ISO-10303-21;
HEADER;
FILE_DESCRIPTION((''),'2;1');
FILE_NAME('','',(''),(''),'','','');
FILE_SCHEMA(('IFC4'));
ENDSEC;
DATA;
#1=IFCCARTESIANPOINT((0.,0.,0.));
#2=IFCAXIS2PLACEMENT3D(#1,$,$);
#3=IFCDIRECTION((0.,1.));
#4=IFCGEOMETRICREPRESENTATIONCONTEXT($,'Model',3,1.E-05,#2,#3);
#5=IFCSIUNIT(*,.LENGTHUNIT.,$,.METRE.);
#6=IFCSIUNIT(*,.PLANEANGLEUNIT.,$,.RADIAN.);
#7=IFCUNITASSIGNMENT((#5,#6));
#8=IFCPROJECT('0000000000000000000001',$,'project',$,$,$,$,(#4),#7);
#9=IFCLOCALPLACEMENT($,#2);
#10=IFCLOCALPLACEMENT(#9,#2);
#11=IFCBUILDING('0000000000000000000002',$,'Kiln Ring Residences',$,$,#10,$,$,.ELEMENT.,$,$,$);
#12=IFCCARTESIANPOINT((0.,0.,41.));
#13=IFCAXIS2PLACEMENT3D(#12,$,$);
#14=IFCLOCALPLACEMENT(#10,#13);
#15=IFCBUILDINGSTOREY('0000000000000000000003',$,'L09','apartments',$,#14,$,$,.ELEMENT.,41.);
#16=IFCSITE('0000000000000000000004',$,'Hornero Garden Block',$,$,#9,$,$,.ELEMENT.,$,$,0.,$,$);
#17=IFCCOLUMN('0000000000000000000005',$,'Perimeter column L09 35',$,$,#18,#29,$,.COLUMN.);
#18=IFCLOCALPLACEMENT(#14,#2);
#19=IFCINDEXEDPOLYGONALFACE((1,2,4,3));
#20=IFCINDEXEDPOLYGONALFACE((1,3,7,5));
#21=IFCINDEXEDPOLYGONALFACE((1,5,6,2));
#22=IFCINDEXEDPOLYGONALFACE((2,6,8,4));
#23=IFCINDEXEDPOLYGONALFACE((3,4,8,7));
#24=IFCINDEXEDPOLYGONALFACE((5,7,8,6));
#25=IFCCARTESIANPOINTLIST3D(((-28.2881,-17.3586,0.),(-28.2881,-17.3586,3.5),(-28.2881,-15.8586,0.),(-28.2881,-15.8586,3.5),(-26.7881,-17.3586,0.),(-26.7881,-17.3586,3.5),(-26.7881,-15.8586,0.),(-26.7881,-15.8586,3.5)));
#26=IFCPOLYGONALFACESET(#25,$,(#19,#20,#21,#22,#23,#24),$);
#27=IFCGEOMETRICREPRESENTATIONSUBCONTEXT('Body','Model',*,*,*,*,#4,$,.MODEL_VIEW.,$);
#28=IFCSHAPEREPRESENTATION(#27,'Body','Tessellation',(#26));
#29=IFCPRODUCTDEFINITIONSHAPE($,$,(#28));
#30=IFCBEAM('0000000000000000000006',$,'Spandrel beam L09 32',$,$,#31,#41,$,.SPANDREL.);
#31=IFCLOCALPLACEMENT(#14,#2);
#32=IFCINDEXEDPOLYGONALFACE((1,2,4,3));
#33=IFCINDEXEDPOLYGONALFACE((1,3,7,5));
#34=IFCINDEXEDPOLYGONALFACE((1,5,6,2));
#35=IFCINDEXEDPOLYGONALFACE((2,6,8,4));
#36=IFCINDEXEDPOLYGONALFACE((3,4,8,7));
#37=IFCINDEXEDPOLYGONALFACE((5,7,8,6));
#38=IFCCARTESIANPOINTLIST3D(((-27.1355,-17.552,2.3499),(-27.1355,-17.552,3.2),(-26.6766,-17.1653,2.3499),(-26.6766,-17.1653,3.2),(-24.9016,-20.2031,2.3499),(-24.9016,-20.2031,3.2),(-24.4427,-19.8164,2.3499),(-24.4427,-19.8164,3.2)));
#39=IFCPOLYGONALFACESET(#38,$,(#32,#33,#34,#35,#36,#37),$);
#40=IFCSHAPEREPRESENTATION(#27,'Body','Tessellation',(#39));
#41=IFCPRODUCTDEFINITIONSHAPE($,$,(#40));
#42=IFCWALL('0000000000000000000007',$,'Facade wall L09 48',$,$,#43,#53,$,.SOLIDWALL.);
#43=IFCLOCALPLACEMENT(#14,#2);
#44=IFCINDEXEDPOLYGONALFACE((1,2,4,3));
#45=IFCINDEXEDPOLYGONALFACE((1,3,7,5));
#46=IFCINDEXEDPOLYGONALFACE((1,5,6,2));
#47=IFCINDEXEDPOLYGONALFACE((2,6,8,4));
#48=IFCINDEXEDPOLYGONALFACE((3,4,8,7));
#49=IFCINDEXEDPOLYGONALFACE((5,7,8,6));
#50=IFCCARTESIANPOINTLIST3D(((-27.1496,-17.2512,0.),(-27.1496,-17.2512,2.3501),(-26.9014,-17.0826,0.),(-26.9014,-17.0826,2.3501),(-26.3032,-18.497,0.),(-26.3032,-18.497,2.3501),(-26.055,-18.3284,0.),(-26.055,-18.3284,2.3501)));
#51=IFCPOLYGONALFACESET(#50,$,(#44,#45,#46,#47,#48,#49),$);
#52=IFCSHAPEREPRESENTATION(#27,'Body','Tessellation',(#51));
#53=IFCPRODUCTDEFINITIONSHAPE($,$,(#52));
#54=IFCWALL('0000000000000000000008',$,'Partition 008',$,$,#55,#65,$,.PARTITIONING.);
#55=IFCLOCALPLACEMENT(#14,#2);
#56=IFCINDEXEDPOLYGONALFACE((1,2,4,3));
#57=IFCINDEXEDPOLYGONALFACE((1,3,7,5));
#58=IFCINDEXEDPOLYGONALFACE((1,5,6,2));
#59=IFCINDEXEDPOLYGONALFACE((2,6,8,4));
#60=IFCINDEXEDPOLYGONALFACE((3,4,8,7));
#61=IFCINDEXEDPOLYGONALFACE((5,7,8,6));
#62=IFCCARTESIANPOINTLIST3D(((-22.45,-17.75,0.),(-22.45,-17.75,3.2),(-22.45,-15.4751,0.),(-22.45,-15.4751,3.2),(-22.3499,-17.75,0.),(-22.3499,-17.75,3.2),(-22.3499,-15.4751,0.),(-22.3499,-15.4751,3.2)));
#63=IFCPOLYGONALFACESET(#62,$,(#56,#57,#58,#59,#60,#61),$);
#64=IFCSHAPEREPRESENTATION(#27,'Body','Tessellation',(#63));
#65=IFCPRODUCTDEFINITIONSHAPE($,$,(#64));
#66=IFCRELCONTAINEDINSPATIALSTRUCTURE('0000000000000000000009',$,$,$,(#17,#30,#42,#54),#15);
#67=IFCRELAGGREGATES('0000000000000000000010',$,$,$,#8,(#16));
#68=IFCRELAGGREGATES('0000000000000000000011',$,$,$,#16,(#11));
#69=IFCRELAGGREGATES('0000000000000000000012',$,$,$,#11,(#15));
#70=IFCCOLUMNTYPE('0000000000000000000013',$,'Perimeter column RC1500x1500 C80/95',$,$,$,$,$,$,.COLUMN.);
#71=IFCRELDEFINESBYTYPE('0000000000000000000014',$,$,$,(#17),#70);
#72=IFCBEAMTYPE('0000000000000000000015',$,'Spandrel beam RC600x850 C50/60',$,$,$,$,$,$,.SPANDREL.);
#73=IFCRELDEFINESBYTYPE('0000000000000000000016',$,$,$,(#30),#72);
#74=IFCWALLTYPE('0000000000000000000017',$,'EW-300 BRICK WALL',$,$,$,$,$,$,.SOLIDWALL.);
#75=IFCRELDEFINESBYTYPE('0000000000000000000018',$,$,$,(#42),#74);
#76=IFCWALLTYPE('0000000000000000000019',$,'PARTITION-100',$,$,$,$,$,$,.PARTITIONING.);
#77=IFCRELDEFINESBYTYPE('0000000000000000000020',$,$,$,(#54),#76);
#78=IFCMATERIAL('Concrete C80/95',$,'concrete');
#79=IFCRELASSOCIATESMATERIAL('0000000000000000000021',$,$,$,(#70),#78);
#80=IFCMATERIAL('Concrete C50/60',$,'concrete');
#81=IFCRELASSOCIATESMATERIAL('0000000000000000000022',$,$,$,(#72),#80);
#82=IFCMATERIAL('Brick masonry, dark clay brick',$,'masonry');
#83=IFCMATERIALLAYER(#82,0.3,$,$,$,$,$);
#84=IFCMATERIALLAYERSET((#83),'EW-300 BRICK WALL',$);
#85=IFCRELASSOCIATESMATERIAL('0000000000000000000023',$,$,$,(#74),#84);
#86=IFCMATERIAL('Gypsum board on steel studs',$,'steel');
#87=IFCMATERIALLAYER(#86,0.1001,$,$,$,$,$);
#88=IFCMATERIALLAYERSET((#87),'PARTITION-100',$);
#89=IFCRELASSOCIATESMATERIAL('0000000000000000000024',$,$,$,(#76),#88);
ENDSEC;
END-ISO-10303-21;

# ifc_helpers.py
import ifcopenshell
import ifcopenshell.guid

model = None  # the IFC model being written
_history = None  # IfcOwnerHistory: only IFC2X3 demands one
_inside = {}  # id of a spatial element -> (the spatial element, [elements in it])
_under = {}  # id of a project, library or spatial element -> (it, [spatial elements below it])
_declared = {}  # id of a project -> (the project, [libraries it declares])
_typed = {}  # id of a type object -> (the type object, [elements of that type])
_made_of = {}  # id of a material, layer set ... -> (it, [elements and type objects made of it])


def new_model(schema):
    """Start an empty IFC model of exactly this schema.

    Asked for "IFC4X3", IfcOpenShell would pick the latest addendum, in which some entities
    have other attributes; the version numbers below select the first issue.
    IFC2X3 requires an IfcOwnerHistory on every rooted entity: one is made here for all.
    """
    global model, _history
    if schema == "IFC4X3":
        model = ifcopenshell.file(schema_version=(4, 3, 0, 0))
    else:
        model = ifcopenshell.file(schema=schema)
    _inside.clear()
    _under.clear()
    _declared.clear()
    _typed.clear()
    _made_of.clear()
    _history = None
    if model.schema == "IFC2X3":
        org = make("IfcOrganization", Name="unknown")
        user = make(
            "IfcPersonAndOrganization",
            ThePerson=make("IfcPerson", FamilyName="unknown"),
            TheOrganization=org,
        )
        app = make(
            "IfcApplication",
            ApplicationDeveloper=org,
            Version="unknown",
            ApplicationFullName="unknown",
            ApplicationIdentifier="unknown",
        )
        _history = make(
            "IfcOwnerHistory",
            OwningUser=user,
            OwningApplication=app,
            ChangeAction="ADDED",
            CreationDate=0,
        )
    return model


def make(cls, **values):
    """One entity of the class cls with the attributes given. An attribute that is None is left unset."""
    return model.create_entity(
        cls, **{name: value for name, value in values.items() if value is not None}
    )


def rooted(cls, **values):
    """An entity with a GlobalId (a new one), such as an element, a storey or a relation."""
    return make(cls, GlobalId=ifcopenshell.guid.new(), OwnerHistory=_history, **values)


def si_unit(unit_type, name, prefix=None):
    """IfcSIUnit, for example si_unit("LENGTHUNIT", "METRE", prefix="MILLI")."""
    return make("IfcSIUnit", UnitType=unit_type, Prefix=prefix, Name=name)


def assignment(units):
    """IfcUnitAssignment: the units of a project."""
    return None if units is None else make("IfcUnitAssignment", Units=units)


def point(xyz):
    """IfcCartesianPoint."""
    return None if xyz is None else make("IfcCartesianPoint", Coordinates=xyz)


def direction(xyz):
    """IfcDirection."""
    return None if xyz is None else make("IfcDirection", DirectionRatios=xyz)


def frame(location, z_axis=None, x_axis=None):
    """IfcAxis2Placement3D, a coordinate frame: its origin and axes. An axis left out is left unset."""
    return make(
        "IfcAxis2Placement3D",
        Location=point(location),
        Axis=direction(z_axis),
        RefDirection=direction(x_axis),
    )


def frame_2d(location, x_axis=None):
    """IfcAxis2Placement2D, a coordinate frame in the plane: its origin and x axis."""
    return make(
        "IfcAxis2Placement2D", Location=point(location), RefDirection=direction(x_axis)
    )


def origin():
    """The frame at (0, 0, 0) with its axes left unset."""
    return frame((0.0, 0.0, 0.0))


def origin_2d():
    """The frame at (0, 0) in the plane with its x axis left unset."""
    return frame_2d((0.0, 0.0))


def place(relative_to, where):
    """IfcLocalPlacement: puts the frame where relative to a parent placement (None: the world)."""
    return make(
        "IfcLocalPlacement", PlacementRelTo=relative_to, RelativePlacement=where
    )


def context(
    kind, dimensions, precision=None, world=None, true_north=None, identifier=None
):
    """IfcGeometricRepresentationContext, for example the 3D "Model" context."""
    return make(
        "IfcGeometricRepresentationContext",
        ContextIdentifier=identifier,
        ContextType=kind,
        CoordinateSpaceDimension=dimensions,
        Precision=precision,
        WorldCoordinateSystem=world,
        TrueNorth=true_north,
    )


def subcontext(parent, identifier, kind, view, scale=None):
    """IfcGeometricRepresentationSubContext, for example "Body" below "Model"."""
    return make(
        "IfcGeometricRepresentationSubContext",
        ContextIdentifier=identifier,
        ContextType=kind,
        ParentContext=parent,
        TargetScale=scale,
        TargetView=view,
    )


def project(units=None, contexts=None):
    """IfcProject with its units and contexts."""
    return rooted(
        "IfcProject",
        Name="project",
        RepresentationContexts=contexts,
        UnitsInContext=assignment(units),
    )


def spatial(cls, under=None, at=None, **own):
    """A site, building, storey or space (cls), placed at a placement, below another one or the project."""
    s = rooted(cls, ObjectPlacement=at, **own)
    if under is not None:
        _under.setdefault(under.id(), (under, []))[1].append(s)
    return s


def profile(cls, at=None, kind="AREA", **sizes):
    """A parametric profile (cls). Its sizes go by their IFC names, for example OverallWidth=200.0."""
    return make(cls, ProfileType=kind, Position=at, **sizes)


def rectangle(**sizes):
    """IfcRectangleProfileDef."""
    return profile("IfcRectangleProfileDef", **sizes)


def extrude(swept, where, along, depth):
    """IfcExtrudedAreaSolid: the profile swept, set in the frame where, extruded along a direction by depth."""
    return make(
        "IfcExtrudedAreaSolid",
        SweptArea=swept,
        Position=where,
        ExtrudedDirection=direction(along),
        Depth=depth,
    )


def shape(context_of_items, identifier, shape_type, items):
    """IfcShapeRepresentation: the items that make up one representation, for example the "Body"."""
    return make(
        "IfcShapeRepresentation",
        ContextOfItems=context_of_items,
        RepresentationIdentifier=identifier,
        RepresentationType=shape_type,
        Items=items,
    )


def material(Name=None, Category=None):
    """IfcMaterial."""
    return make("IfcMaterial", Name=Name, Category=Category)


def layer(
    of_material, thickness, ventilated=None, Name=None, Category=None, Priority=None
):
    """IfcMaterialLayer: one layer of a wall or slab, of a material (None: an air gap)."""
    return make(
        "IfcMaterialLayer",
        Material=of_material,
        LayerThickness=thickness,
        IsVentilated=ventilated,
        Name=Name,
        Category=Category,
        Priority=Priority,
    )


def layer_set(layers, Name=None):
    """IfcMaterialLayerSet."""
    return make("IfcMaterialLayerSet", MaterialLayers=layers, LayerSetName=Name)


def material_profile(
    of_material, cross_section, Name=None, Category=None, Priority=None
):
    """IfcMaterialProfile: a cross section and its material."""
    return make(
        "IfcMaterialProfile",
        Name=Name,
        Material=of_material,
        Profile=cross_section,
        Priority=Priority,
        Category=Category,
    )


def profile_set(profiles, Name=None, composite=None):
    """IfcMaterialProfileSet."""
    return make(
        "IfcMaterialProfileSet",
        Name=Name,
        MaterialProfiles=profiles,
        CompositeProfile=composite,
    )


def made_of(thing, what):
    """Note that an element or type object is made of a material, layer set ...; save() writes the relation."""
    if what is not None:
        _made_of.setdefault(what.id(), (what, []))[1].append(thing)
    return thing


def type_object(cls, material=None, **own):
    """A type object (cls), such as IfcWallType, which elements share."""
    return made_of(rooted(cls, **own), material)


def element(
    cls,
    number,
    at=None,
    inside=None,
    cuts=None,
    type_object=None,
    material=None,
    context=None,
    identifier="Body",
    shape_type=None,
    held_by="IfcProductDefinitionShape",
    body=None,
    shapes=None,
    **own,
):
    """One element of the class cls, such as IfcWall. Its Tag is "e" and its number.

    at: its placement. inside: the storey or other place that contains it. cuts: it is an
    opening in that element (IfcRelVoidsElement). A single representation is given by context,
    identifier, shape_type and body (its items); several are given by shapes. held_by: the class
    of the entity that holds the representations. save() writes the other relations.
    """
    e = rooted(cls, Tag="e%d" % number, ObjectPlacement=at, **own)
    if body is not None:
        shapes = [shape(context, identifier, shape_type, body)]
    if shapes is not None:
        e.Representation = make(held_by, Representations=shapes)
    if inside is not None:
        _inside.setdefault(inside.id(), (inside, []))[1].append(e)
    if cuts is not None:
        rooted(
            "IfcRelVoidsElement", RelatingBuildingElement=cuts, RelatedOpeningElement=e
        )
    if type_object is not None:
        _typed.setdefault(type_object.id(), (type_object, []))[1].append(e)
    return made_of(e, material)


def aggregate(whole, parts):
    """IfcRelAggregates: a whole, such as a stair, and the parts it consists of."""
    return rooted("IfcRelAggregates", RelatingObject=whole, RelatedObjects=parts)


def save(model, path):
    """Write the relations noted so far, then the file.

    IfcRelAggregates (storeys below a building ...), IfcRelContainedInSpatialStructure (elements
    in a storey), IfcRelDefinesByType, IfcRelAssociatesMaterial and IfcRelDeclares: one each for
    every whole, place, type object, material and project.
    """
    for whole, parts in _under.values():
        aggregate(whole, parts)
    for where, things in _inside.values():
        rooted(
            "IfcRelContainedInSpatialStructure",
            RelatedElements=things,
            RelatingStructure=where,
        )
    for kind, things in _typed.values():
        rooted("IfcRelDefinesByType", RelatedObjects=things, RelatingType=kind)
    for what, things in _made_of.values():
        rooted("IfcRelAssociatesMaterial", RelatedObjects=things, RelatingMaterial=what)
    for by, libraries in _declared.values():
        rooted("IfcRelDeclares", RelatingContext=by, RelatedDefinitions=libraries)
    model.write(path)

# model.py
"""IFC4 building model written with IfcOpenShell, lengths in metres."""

from ifc_helpers import new_model, si_unit, direction, frame, frame_2d, origin, origin_2d, place, context, subcontext, project, spatial, rectangle, extrude, material, layer, layer_set, material_profile, profile_set, type_object, element, save


model = new_model("IFC4")

# Units and contexts
model_context = context("Model", 3, precision=1e-05, world=origin(), true_north=direction((0.0, 1.0)))
body_context = subcontext(model_context, "Body", "Model", "MODEL_VIEW")
ifc_project = project(units=[si_unit("LENGTHUNIT", "METRE"), si_unit("PLANEANGLEUNIT", "RADIAN")], contexts=[model_context])

# Site, building, storey
site_placement = place(None, origin())
site = spatial("IfcSite", under=ifc_project, at=site_placement, Name="Hornero Garden Block", CompositionType="ELEMENT", RefElevation=0.0)
building_placement = place(site_placement, origin())
building = spatial("IfcBuilding", under=site, at=building_placement, Name="Kiln Ring Residences", CompositionType="ELEMENT")
storey_placement = place(building_placement, frame((0.0, 0.0, 41.0)))
storey = spatial("IfcBuildingStorey", under=building, at=storey_placement, Name="L09", Description="apartments", CompositionType="ELEMENT", Elevation=41.0)

# Column
ifc_material_1 = material(Name="Concrete C80/95", Category="concrete")
ifc_material_profile_1 = material_profile(ifc_material_1, rectangle(XDim=1.5, YDim=1.5, at=origin_2d()), Name="RC1500x1500")
ifc_profile_set_1 = profile_set([ifc_material_profile_1], Name="Concrete C80/95")
column_type = type_object("IfcColumnType", Name="Perimeter column RC1500x1500 C80/95", PredefinedType="COLUMN", material=ifc_profile_set_1)
column_placement = place(storey_placement, frame((-27.5381, -16.6086, 0.0), z_axis=(0.0, 0.0, 1.0), x_axis=(1.0, 0.0, 0.0)))
element("IfcColumn", 1, at=column_placement, inside=storey, type_object=column_type, Name="Perimeter column L09 35", PredefinedType="COLUMN", context=body_context, shape_type="SweptSolid", body=[
    extrude(rectangle(XDim=1.5, YDim=1.5, at=origin_2d()), origin(), (0.0, 0.0, 1.0), 3.5),
])

# Beam
ifc_material_2 = material(Name="Concrete C50/60", Category="concrete")
ifc_material_profile_2 = material_profile(ifc_material_2, rectangle(XDim=0.6001, YDim=0.8501, at=origin_2d()), Name="RC600x850")
ifc_profile_set_2 = profile_set([ifc_material_profile_2], Name="Concrete C50/60")
beam_type = type_object("IfcBeamType", Name="Spandrel beam RC600x850 C50/60", PredefinedType="SPANDREL", material=ifc_profile_set_2)
beam_placement = place(storey_placement, frame((-26.906, -17.3586, 2.7749), z_axis=(0.644366, -0.764718, 0.0), x_axis=(0.764718, 0.644366, 0.0)))
element("IfcBeam", 2, at=beam_placement, inside=storey, type_object=beam_type, Name="Spandrel beam L09 32", PredefinedType="SPANDREL", context=body_context, shape_type="SweptSolid", body=[
    extrude(rectangle(XDim=0.6001, YDim=0.8501, at=origin_2d()), origin(), (0.0, 0.0, 1.0), 3.4668),
])

# Wall
ifc_material_3 = material(Name="Brick masonry, dark clay brick", Category="masonry")
ifc_layer_1 = layer(ifc_material_3, 0.3)
ifc_layer_set_1 = layer_set([ifc_layer_1], Name="EW-300 BRICK WALL")
wall_type_1 = type_object("IfcWallType", Name="EW-300 BRICK WALL", PredefinedType="SOLIDWALL", material=ifc_layer_set_1)
wall_1_placement = place(storey_placement, frame((-27.0254, -17.167, 0.0), z_axis=(0.0, 0.0, 1.0), x_axis=(0.561973, -0.827156, 0.0)))
element("IfcWall", 3, at=wall_1_placement, inside=storey, type_object=wall_type_1, Name="Facade wall L09 48", PredefinedType="SOLIDWALL", context=body_context, shape_type="SweptSolid", body=[
    extrude(rectangle(XDim=1.5061, YDim=0.3, at=frame_2d((0.7529, 0.0))), origin(), (0.0, 0.0, 1.0), 2.3501),
])

# Shared definitions
ifc_material_4 = material(Name="Gypsum board on steel studs", Category="steel")
ifc_layer_2 = layer(ifc_material_4, 0.1001)
ifc_layer_set_2 = layer_set([ifc_layer_2], Name="PARTITION-100")
wall_type_2 = type_object("IfcWallType", Name="PARTITION-100", PredefinedType="PARTITIONING", material=ifc_layer_set_2)

# Wall
wall_2_placement = place(storey_placement, frame((-22.3999, -17.75, 0.0), z_axis=(0.0, 0.0, 1.0), x_axis=(0.0, 1.0, 0.0)))
element("IfcWall", 4, at=wall_2_placement, inside=storey, type_object=wall_type_2, Name="Partition 008", PredefinedType="PARTITIONING", context=body_context, shape_type="SweptSolid", body=[
    extrude(rectangle(XDim=2.2749, YDim=0.1001, at=frame_2d((1.1375, 0.0))), origin(), (0.0, 0.0, 1.0), 3.2),
])

save(model, "model.ifc")
